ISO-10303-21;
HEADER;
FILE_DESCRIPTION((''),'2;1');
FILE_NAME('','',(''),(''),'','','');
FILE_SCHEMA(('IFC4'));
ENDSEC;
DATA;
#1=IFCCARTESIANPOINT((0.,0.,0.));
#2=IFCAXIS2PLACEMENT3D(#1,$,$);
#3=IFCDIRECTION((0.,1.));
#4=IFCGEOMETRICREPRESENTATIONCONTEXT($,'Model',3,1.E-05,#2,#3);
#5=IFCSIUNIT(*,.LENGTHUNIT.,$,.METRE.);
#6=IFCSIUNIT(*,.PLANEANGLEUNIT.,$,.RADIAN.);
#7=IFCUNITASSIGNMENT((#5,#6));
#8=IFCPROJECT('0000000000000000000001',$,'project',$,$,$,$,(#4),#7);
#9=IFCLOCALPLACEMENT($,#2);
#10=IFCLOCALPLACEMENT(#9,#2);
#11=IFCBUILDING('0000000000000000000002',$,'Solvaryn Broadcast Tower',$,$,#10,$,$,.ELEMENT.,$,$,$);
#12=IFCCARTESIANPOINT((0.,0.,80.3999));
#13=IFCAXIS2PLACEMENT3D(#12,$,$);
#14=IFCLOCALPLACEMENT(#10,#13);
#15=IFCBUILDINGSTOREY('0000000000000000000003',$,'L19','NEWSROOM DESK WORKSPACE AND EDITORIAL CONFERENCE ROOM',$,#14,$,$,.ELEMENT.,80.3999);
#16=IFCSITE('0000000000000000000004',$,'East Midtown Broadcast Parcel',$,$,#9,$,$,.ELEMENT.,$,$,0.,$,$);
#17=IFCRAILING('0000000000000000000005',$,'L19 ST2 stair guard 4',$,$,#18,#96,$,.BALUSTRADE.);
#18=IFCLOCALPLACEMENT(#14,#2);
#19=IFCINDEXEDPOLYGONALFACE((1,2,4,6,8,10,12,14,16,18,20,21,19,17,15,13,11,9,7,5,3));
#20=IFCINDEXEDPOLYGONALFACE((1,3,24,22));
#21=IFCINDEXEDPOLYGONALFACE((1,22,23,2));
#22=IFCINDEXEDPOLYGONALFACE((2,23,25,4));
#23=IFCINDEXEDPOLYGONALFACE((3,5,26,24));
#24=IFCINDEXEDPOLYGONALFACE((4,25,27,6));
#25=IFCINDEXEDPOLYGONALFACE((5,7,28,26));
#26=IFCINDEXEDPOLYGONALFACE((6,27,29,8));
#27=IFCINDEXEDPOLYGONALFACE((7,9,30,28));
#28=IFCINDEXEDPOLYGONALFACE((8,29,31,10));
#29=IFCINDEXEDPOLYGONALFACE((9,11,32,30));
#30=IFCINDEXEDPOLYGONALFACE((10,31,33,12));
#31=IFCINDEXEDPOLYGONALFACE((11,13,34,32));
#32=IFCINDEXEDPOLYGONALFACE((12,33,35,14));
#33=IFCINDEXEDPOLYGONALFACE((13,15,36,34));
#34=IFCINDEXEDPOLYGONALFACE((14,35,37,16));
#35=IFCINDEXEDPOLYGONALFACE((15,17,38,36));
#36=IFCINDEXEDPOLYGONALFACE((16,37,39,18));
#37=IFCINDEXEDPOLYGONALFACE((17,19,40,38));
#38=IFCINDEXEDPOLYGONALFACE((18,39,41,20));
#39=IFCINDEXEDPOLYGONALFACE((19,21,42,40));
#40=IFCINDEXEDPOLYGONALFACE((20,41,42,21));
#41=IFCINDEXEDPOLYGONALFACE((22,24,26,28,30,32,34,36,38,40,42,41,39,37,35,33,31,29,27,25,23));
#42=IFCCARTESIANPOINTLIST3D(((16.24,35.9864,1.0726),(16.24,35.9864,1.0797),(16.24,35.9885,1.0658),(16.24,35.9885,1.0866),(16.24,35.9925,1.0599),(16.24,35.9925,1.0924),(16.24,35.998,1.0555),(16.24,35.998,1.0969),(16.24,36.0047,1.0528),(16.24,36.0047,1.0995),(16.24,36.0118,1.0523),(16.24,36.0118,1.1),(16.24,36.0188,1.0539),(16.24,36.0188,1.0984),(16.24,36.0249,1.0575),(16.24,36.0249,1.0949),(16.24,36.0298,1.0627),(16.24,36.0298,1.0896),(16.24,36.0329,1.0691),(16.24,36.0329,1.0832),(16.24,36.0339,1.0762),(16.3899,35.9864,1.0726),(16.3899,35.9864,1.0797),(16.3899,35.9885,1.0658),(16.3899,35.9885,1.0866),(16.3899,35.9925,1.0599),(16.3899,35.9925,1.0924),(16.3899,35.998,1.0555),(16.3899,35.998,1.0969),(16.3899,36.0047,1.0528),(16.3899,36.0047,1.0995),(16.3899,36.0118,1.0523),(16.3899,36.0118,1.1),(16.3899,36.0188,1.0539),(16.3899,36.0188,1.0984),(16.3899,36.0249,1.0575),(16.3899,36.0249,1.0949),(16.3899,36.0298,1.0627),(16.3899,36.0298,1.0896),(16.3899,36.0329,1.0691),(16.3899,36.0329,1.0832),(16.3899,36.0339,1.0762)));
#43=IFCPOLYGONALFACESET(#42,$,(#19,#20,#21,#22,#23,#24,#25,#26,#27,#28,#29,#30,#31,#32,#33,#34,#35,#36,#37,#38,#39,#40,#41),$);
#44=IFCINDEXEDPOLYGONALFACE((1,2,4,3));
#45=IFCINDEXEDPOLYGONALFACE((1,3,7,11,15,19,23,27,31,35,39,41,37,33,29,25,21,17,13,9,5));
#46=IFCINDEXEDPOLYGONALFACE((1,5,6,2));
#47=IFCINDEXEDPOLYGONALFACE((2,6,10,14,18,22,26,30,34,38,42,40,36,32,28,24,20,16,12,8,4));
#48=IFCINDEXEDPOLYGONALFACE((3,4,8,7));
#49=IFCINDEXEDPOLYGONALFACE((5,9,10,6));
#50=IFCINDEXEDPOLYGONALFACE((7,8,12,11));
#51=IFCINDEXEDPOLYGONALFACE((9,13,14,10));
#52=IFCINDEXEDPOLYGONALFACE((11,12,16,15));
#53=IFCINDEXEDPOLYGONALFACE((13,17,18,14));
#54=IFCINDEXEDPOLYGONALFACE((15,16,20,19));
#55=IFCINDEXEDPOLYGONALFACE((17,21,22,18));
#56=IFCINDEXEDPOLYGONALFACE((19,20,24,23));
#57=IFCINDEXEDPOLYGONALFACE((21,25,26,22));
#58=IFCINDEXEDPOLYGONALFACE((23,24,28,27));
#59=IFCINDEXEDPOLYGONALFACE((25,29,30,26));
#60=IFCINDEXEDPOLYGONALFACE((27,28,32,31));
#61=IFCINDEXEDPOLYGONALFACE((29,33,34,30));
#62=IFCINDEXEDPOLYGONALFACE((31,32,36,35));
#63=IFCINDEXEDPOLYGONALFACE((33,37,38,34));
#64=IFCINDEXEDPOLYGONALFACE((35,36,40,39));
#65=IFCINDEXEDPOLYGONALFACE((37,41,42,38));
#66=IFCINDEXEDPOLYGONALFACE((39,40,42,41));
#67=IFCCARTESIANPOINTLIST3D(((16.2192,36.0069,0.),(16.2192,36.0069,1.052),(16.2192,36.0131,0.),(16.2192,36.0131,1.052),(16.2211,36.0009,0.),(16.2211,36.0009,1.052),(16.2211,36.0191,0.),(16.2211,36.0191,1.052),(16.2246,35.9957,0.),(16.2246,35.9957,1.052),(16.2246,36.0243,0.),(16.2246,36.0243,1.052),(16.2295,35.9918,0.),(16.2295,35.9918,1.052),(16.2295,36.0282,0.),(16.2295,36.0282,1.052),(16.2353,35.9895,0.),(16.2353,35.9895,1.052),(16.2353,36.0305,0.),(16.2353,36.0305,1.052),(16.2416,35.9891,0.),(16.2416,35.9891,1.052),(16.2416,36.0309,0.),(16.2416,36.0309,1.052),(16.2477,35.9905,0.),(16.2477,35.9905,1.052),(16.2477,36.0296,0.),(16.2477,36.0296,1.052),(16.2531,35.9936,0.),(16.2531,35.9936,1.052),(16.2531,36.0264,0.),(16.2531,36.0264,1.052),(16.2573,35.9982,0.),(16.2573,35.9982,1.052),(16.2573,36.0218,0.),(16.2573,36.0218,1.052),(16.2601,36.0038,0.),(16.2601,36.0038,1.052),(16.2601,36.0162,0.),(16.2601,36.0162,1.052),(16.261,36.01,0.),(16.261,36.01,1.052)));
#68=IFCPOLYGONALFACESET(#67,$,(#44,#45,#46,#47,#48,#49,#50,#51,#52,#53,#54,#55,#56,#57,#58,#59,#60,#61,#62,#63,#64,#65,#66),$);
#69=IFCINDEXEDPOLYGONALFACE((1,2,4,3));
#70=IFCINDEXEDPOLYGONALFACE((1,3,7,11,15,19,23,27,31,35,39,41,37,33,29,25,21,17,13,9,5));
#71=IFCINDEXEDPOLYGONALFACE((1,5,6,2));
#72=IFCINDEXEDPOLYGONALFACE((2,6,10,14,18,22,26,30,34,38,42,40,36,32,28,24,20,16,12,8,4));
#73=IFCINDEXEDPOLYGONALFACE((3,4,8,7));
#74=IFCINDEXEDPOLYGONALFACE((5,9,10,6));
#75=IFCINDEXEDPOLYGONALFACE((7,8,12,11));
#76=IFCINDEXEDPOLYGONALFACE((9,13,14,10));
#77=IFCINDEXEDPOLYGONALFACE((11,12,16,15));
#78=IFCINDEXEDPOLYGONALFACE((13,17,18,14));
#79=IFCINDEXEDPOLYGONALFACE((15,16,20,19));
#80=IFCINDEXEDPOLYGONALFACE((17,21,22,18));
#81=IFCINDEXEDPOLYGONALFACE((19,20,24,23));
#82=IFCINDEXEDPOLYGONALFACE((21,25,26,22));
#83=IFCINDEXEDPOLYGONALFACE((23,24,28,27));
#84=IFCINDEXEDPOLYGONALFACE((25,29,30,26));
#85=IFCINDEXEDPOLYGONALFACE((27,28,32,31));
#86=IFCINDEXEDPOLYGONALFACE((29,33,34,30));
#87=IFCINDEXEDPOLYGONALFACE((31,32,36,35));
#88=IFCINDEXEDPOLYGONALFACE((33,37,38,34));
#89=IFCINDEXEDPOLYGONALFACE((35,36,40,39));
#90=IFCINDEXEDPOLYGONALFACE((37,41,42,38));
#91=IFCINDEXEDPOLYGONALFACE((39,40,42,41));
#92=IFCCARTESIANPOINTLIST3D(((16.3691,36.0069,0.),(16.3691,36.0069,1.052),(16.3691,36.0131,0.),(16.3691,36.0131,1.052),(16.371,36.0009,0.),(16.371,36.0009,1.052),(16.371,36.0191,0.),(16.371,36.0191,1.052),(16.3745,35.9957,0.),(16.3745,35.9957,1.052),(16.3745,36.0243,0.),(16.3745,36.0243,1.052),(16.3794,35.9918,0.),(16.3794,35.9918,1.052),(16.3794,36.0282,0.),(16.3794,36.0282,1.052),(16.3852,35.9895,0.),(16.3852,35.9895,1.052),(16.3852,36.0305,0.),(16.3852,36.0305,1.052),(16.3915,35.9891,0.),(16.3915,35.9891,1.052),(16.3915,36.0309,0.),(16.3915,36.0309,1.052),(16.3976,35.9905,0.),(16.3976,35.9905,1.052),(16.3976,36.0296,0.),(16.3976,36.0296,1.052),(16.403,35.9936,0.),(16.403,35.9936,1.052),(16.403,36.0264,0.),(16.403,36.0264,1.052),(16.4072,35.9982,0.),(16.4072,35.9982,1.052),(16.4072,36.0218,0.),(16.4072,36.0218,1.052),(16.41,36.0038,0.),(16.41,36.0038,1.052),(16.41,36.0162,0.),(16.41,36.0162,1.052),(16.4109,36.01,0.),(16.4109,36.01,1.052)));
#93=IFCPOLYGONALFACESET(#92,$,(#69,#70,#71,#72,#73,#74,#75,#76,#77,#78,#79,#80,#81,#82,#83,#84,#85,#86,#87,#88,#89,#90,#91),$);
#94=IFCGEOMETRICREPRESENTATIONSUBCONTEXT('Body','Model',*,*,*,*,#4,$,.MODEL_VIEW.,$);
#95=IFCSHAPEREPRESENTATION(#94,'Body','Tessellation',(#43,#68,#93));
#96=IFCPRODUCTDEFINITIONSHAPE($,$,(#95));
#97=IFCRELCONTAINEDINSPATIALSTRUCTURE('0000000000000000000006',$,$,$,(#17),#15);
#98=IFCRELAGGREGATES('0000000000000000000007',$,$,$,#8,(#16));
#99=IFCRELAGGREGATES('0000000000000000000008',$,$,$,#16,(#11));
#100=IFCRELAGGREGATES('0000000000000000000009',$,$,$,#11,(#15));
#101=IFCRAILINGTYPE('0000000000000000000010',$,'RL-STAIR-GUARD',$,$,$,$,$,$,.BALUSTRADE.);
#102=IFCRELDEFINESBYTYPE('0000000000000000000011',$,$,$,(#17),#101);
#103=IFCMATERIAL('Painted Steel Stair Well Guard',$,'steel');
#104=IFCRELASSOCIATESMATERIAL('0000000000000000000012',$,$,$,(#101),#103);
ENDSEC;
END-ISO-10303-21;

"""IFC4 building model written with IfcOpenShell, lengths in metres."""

from ifc_helpers import new_model, si_unit, direction, frame, origin, origin_2d, place, context, subcontext, project, spatial, circle, extrude, material, type_object, element, save


model = new_model("IFC4")

# Units and contexts
model_context = context("Model", 3, precision=1e-05, world=origin(), true_north=direction((0.0, 1.0)))
body_context = subcontext(model_context, "Body", "Model", "MODEL_VIEW")
ifc_project = project(units=[si_unit("LENGTHUNIT", "METRE"), si_unit("PLANEANGLEUNIT", "RADIAN")], contexts=[model_context])

# Site, building, storey
site_placement = place(None, origin())
site = spatial("IfcSite", under=ifc_project, at=site_placement, Name="East Midtown Broadcast Parcel", CompositionType="ELEMENT", RefElevation=0.0)
building_placement = place(site_placement, origin())
building = spatial("IfcBuilding", under=site, at=building_placement, Name="Solvaryn Broadcast Tower", CompositionType="ELEMENT")
storey_placement = place(building_placement, frame((0.0, 0.0, 80.3999)))
storey = spatial("IfcBuildingStorey", under=building, at=storey_placement, Name="L19", Description="NEWSROOM DESK WORKSPACE AND EDITORIAL CONFERENCE ROOM", CompositionType="ELEMENT", Elevation=80.3999)

# Railing
ifc_material_1 = material(Name="Painted Steel Stair Well Guard", Category="steel")
railing_type_1 = type_object("IfcRailingType", Name="RL-STAIR-GUARD", PredefinedType="BALUSTRADE", material=ifc_material_1)
railing_1_placement = place(storey_placement, frame((16.24, 36.01, 0.0)))
element("IfcRailing", 1, at=railing_1_placement, inside=storey, type_object=railing_type_1, Name="L19 ST2 stair guard 4", PredefinedType="BALUSTRADE", context=body_context, shape_type="SweptSolid", body=[
    extrude(circle(Radius=0.0239, at=origin_2d()), frame((0.0, 0.0, 1.0762), z_axis=(1.0, 0.0, 0.0), x_axis=(0.0, 1.0, 0.0)), (0.0, 0.0, 1.0), 0.1499),
    extrude(circle(Radius=0.021, at=origin_2d()), origin(), (0.0, 0.0, 1.0), 1.052),
    extrude(circle(Radius=0.021, at=origin_2d()), frame((0.1499, 0.0, 0.0)), (0.0, 0.0, 1.0), 1.052),
])

save(model, "model.ifc")
